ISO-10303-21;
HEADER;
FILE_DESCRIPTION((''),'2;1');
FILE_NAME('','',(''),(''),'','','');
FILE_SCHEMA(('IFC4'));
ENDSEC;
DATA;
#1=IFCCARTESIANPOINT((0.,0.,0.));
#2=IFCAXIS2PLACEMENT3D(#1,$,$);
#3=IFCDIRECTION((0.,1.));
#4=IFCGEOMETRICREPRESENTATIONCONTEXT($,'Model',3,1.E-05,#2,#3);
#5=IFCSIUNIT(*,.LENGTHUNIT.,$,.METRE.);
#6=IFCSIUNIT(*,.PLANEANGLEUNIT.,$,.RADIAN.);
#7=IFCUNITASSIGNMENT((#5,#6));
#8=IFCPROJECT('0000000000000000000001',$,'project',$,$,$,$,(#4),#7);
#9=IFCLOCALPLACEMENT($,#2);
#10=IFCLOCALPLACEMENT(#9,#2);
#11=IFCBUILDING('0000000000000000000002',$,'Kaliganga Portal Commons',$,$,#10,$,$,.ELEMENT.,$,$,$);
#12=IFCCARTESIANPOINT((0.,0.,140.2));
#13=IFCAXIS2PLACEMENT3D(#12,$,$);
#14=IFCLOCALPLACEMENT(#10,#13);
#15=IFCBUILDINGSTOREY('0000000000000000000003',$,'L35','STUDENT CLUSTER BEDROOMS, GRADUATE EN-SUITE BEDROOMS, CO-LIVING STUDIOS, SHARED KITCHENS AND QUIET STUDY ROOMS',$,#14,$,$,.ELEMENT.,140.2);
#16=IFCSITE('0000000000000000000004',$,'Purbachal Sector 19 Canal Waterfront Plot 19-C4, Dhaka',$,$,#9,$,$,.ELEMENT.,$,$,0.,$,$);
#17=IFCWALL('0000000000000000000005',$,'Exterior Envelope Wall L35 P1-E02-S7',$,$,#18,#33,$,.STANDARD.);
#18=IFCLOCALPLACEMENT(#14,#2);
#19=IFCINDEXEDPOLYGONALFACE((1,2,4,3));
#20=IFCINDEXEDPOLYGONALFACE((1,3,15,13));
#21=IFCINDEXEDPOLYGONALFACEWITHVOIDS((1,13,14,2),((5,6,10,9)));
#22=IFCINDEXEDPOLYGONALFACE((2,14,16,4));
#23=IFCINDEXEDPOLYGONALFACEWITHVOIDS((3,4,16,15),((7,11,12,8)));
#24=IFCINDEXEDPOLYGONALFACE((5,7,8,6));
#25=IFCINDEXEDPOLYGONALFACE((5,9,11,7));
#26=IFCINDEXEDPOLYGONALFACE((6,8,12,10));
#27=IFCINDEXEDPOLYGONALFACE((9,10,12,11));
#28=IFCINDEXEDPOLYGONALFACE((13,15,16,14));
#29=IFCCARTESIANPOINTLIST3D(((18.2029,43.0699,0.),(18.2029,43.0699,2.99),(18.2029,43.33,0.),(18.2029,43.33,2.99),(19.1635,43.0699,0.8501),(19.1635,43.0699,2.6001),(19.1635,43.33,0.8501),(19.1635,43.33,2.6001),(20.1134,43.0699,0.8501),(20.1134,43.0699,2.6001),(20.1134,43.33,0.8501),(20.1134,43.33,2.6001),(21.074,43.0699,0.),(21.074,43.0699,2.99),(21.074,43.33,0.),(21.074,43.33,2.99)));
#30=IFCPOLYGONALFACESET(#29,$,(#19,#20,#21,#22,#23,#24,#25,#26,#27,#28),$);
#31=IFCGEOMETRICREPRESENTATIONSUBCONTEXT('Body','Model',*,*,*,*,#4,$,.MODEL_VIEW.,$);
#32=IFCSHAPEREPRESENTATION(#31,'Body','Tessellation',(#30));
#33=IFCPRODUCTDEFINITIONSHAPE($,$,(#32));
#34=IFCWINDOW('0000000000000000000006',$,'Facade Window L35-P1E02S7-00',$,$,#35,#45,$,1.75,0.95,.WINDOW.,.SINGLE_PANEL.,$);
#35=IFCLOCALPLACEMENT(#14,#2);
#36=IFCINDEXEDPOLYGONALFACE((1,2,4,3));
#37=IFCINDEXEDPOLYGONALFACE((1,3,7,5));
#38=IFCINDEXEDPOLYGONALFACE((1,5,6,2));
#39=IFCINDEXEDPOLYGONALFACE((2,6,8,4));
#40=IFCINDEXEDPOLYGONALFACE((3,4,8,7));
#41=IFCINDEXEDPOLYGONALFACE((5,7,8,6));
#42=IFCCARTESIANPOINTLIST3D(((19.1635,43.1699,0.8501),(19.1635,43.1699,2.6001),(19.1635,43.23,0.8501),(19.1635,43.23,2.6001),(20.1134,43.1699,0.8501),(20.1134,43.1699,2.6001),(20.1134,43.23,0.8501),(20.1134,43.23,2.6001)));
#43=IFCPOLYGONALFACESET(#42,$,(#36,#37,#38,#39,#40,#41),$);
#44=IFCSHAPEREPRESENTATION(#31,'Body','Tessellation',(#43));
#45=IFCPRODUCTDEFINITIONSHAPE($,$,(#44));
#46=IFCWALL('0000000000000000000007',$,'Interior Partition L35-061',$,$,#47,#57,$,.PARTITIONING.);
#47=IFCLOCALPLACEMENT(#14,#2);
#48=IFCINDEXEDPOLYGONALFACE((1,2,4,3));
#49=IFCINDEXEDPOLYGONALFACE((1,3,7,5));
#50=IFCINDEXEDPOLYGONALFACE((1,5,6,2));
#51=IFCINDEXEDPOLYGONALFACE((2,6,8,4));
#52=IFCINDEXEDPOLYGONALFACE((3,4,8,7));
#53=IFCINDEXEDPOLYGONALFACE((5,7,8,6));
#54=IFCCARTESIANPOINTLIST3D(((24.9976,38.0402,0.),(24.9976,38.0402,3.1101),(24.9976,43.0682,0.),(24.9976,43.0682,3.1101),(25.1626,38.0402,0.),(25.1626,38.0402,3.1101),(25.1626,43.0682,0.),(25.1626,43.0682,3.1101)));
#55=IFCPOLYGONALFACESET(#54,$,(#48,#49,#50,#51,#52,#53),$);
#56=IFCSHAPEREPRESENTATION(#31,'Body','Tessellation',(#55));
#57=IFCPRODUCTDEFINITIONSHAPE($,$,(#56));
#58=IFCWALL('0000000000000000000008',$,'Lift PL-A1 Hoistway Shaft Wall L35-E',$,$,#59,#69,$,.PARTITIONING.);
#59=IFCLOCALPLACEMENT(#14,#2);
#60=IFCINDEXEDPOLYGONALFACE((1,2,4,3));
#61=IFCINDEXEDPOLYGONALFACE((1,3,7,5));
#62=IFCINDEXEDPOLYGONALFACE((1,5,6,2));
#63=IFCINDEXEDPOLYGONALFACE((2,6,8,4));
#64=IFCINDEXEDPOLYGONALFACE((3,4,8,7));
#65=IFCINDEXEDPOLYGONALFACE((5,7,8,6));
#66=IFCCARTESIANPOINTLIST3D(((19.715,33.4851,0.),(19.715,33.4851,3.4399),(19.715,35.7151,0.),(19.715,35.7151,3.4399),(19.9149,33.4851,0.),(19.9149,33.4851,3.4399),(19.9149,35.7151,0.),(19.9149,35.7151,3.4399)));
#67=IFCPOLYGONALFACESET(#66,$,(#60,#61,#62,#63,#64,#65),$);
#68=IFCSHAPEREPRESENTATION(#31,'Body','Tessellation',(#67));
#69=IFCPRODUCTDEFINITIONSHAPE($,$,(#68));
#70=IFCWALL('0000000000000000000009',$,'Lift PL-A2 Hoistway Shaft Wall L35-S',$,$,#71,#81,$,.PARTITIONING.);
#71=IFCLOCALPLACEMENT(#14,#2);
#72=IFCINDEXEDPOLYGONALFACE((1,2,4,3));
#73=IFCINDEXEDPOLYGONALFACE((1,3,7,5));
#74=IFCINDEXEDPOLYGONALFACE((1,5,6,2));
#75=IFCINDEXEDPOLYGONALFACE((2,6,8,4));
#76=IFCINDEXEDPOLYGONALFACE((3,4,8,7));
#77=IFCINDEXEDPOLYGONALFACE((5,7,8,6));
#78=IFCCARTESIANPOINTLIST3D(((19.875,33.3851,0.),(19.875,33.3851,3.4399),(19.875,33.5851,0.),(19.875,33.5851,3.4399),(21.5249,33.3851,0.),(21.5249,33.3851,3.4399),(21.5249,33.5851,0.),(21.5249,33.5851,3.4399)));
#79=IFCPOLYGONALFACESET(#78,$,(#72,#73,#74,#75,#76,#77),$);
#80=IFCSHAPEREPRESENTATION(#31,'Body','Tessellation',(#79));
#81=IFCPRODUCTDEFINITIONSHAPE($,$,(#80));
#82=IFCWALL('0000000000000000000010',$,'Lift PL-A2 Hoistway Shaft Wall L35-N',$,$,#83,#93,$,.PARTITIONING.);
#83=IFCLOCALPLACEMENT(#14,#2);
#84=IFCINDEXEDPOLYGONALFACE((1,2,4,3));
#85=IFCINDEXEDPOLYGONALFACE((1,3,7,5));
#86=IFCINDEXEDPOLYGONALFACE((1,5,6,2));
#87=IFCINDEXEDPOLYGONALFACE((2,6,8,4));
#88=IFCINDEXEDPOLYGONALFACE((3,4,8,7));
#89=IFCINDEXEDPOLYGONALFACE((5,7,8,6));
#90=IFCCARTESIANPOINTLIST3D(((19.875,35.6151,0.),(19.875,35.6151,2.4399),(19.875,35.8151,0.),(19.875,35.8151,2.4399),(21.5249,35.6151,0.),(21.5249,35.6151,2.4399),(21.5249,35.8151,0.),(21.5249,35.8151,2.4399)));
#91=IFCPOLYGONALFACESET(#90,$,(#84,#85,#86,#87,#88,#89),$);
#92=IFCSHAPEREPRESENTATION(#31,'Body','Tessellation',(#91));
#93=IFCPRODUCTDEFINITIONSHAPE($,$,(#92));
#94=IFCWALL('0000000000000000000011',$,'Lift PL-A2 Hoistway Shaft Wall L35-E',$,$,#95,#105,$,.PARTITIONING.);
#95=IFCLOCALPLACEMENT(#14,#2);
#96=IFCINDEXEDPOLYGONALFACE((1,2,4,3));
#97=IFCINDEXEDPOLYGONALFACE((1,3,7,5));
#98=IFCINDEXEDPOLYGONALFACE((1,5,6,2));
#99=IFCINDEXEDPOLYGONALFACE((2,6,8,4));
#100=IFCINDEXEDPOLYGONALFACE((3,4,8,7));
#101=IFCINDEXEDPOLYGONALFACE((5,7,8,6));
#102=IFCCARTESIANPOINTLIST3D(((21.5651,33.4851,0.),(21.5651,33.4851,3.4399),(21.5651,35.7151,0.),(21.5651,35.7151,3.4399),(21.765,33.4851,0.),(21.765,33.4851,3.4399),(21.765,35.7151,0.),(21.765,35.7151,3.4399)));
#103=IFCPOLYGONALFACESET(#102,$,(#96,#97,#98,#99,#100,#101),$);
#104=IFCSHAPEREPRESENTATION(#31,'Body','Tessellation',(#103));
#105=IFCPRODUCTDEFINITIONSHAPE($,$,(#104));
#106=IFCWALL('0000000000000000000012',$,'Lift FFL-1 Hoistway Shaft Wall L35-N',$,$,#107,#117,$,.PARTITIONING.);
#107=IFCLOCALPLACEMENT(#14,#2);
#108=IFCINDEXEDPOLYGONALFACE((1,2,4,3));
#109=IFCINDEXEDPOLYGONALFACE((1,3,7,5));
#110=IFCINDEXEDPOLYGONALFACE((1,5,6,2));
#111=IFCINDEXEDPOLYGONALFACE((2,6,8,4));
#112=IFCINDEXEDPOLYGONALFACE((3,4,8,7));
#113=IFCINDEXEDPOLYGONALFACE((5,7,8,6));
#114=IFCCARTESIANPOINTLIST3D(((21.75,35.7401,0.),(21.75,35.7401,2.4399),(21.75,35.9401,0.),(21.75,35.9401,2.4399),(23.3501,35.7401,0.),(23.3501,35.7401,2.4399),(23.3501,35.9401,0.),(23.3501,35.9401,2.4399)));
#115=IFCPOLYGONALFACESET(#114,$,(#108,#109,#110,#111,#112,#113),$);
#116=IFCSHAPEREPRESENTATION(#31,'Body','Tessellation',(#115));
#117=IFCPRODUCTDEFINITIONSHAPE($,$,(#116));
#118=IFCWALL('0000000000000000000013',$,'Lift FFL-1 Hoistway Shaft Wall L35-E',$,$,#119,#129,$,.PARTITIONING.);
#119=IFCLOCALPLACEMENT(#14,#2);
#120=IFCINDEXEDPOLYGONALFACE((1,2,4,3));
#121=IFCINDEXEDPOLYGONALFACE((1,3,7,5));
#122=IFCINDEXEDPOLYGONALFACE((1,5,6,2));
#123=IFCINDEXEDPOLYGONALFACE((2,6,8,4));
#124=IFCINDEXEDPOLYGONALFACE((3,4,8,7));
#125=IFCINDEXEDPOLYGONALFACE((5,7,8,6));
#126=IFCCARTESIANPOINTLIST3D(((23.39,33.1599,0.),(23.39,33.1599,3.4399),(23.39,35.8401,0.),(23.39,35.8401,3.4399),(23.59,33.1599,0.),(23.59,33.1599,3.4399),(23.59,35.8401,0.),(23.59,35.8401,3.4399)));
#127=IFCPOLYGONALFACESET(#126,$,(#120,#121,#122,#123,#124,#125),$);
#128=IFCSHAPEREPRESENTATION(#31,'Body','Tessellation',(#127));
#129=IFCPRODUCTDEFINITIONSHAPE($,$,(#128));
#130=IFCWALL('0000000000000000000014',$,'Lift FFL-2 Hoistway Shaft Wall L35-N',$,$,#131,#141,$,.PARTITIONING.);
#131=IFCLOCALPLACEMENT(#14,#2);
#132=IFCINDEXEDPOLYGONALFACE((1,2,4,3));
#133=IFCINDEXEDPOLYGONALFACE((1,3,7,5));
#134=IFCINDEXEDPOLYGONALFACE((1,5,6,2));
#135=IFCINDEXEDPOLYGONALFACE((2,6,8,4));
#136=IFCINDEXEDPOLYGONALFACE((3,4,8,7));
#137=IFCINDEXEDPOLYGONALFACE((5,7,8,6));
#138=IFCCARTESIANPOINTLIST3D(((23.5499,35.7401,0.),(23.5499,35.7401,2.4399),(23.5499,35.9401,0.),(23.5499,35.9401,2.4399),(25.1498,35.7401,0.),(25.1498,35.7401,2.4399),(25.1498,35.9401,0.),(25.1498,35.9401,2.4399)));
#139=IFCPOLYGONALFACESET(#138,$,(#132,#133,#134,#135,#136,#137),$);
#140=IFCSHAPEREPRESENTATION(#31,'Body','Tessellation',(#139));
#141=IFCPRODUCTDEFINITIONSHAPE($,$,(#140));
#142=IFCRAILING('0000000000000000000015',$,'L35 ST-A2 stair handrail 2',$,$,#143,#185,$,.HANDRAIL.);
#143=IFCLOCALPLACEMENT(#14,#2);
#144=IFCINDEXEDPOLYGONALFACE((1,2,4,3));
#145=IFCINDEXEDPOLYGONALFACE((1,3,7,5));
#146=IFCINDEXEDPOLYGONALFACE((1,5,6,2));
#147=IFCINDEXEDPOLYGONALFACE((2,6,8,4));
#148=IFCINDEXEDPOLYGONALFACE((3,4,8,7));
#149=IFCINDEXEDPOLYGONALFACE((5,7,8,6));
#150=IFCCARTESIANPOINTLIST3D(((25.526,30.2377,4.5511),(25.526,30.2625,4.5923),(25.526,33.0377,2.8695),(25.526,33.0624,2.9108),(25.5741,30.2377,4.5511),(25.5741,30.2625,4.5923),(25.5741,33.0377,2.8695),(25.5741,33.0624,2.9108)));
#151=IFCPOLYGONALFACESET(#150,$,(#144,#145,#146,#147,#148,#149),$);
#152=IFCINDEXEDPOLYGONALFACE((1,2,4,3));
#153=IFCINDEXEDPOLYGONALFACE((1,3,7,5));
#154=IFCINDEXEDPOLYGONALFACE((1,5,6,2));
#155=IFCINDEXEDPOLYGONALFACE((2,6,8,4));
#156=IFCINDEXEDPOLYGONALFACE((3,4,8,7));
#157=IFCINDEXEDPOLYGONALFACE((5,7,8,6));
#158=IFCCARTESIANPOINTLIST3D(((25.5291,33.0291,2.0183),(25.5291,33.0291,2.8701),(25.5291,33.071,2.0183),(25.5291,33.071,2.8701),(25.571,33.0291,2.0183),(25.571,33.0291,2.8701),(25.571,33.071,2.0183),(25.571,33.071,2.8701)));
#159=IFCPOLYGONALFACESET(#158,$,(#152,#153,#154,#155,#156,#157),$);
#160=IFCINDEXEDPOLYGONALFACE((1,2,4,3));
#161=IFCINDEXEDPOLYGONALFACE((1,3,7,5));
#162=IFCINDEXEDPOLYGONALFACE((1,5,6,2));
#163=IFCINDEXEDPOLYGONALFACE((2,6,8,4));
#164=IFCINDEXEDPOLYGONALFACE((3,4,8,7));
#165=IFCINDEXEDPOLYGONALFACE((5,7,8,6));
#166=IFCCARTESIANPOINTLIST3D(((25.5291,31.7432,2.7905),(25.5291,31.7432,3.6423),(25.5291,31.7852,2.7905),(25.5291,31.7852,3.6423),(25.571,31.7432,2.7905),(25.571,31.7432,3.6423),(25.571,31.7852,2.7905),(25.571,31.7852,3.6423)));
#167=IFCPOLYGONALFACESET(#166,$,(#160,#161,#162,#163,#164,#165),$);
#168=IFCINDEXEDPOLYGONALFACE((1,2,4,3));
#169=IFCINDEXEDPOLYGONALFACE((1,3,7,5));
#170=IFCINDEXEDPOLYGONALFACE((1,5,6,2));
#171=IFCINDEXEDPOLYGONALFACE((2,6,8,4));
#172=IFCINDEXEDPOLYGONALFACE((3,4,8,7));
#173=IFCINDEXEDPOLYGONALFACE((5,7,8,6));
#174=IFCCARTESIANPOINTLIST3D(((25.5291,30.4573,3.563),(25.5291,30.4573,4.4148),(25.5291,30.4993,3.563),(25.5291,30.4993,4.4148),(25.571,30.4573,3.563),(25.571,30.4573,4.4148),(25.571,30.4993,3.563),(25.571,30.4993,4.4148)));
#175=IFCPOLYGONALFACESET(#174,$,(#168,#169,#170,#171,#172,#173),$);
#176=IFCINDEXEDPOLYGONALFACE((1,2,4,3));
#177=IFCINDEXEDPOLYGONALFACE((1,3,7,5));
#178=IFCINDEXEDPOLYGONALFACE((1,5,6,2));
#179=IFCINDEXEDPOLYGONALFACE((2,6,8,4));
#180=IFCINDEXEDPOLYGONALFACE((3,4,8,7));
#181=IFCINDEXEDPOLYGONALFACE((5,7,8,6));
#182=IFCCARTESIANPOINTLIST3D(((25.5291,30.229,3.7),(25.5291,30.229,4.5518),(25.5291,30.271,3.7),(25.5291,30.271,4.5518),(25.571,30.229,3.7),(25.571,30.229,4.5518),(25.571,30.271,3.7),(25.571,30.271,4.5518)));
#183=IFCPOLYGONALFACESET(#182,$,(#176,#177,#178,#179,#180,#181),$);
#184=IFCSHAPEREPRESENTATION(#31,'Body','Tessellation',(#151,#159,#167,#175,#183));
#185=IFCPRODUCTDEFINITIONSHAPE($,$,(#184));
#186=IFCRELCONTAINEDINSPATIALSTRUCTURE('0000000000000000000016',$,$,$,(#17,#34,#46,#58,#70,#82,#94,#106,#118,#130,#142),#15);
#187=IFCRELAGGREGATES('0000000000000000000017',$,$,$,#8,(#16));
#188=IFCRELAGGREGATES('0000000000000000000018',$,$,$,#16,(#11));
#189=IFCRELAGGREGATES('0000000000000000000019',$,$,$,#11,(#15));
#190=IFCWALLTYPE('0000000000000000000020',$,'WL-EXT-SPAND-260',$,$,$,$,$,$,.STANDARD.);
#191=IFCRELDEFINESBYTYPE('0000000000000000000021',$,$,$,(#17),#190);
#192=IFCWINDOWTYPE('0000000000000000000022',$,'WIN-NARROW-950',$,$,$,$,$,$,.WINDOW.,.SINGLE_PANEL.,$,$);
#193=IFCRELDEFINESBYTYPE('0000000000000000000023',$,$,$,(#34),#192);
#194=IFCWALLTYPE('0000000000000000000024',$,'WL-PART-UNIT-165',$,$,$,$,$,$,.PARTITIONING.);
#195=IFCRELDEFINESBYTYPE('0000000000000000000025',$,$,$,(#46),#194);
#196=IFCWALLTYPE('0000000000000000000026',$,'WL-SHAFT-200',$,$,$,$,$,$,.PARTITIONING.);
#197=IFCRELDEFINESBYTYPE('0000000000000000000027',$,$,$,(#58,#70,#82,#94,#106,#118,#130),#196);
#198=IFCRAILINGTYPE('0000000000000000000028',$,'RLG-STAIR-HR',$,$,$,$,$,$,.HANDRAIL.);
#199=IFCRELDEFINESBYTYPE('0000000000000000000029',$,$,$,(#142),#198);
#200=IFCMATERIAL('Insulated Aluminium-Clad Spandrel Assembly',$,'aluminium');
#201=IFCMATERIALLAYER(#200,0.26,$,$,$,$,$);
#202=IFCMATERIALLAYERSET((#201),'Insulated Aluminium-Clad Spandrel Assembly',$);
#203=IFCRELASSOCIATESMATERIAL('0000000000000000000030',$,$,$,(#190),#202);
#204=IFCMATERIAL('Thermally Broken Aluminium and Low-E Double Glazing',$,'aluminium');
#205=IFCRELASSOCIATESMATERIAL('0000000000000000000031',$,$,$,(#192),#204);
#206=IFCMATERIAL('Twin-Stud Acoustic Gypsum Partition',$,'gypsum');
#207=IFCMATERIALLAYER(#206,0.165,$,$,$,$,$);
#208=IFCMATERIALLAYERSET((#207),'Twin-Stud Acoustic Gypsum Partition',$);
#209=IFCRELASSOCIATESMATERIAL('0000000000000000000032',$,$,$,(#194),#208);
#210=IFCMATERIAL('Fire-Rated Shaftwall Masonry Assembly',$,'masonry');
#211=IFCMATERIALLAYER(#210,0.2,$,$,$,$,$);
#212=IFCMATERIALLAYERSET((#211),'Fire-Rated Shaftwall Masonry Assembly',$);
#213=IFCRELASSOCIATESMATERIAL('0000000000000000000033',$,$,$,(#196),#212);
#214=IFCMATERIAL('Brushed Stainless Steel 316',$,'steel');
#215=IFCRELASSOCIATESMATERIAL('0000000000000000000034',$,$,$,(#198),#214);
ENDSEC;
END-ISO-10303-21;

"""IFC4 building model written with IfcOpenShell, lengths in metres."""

from ifc_helpers import new_model, si_unit, direction, frame, frame_2d, origin, origin_2d, place, context, subcontext, project, spatial, rectangle, extrude, material, layer, layer_set, type_object, element, fill, save


model = new_model("IFC4")

# Units and contexts
model_context = context("Model", 3, precision=1e-05, world=origin(), true_north=direction((0.0, 1.0)))
body_context = subcontext(model_context, "Body", "Model", "MODEL_VIEW")
ifc_project = project(units=[si_unit("LENGTHUNIT", "METRE"), si_unit("PLANEANGLEUNIT", "RADIAN")], contexts=[model_context])

# Site, building, storey
site_placement = place(None, origin())
site = spatial("IfcSite", under=ifc_project, at=site_placement, Name="Purbachal Sector 19 Canal Waterfront Plot 19-C4, Dhaka", CompositionType="ELEMENT", RefElevation=0.0)
building_placement = place(site_placement, origin())
building = spatial("IfcBuilding", under=site, at=building_placement, Name="Kaliganga Portal Commons", CompositionType="ELEMENT")
storey_placement = place(building_placement, frame((0.0, 0.0, 140.2)))
storey = spatial("IfcBuildingStorey", under=building, at=storey_placement, Name="L35", Description="STUDENT CLUSTER BEDROOMS, GRADUATE EN-SUITE BEDROOMS, CO-LIVING STUDIOS, SHARED KITCHENS AND QUIET STUDY ROOMS", CompositionType="ELEMENT", Elevation=140.2)

# Wall, opening, window
ifc_material_1 = material(Name="Insulated Aluminium-Clad Spandrel Assembly", Category="aluminium")
ifc_layer_1 = layer(ifc_material_1, 0.26)
ifc_layer_set_1 = layer_set([ifc_layer_1], Name="Insulated Aluminium-Clad Spandrel Assembly")
wall_type_1 = type_object("IfcWallType", Name="WL-EXT-SPAND-260", PredefinedType="STANDARD", material=ifc_layer_set_1)
ifc_material_2 = material(Name="Thermally Broken Aluminium and Low-E Double Glazing", Category="aluminium")
window_type = type_object("IfcWindowType", Name="WIN-NARROW-950", PartitioningType="SINGLE_PANEL", PredefinedType="WINDOW", material=ifc_material_2)
wall_1_placement = place(storey_placement, frame((18.2029, 43.2, 0.0), z_axis=(0.0, 0.0, 1.0), x_axis=(1.0, 0.0, 0.0)))
wall_1 = element("IfcWall", 1, at=wall_1_placement, inside=storey, type_object=wall_type_1, Name="Exterior Envelope Wall L35 P1-E02-S7", PredefinedType="STANDARD", context=body_context, shape_type="SweptSolid", body=[
    extrude(rectangle(XDim=2.8711, YDim=0.26, at=frame_2d((1.4355, 0.0))), origin(), (0.0, 0.0, 1.0), 2.99),
])
opening_1_placement = place(wall_1_placement, frame((0.9604, 0.0, 0.8501)))
opening_1 = element("IfcOpeningElement", 2, at=opening_1_placement, cuts=wall_1, PredefinedType="OPENING", context=body_context, shape_type="SweptSolid", body=[
    extrude(rectangle(XDim=0.95, YDim=1.75, at=frame_2d((0.4751, 0.875))), frame((0.0, 0.1401, 0.0), z_axis=(0.0, -1.0, 0.0), x_axis=(1.0, 0.0, 0.0)), (0.0, 0.0, 1.0), 0.28),
])
window_1_placement = place(opening_1_placement, origin())
window_1 = element("IfcWindow", 3, at=window_1_placement, inside=storey, type_object=window_type, Name="Facade Window L35-P1E02S7-00", OverallHeight=1.75, OverallWidth=0.95, PartitioningType="SINGLE_PANEL", PredefinedType="WINDOW", context=body_context, shape_type="SweptSolid", body=[
    extrude(rectangle(XDim=0.95, YDim=1.75, at=frame_2d((0.4751, 0.875))), frame((0.0, 0.03, 0.0), z_axis=(0.0, -1.0, 0.0), x_axis=(1.0, 0.0, 0.0)), (0.0, 0.0, 1.0), 0.0601),
])
fill(opening_1, window_1)

# Walls
ifc_material_3 = material(Name="Twin-Stud Acoustic Gypsum Partition", Category="gypsum")
ifc_layer_2 = layer(ifc_material_3, 0.165)
ifc_layer_set_2 = layer_set([ifc_layer_2], Name="Twin-Stud Acoustic Gypsum Partition")
wall_type_2 = type_object("IfcWallType", Name="WL-PART-UNIT-165", PredefinedType="PARTITIONING", material=ifc_layer_set_2)
wall_2_placement = place(storey_placement, frame((25.0801, 38.04, 0.0), z_axis=(0.0, 0.0, 1.0), x_axis=(0.0, 1.0, 0.0)))
element("IfcWall", 4, at=wall_2_placement, inside=storey, type_object=wall_type_2, Name="Interior Partition L35-061", PredefinedType="PARTITIONING", context=body_context, shape_type="SweptSolid", body=[
    extrude(rectangle(XDim=5.0281, YDim=0.165, at=frame_2d((2.5142, 0.0))), origin(), (0.0, 0.0, 1.0), 3.1101),
])
ifc_material_4 = material(Name="Fire-Rated Shaftwall Masonry Assembly", Category="masonry")
ifc_layer_3 = layer(ifc_material_4, 0.2)
ifc_layer_set_3 = layer_set([ifc_layer_3], Name="Fire-Rated Shaftwall Masonry Assembly")
wall_type_3 = type_object("IfcWallType", Name="WL-SHAFT-200", PredefinedType="PARTITIONING", material=ifc_layer_set_3)
wall_3_placement = place(storey_placement, frame((19.8149, 33.4851, 0.0), z_axis=(0.0, 0.0, 1.0), x_axis=(0.0, 1.0, 0.0)))
element("IfcWall", 5, at=wall_3_placement, inside=storey, type_object=wall_type_3, Name="Lift PL-A1 Hoistway Shaft Wall L35-E", PredefinedType="PARTITIONING", context=body_context, shape_type="SweptSolid", body=[
    extrude(rectangle(XDim=2.23, YDim=0.2, at=frame_2d((1.115, 0.0))), origin(), (0.0, 0.0, 1.0), 3.4399),
])
wall_4_placement = place(storey_placement, frame((19.875, 33.4851, 0.0), z_axis=(0.0, 0.0, 1.0), x_axis=(1.0, 0.0, 0.0)))
element("IfcWall", 6, at=wall_4_placement, inside=storey, type_object=wall_type_3, Name="Lift PL-A2 Hoistway Shaft Wall L35-S", PredefinedType="PARTITIONING", context=body_context, shape_type="SweptSolid", body=[
    extrude(rectangle(XDim=1.6499, YDim=0.2, at=frame_2d((0.825, 0.0))), origin(), (0.0, 0.0, 1.0), 3.4399),
])
wall_5_placement = place(storey_placement, frame((19.875, 35.7151, 0.0), z_axis=(0.0, 0.0, 1.0), x_axis=(1.0, 0.0, 0.0)))
element("IfcWall", 7, at=wall_5_placement, inside=storey, type_object=wall_type_3, Name="Lift PL-A2 Hoistway Shaft Wall L35-N", PredefinedType="PARTITIONING", context=body_context, shape_type="SweptSolid", body=[
    extrude(rectangle(XDim=1.6499, YDim=0.2, at=frame_2d((0.825, 0.0))), origin(), (0.0, 0.0, 1.0), 2.4399),
])
wall_6_placement = place(storey_placement, frame((21.665, 33.4851, 0.0), z_axis=(0.0, 0.0, 1.0), x_axis=(0.0, 1.0, 0.0)))
element("IfcWall", 8, at=wall_6_placement, inside=storey, type_object=wall_type_3, Name="Lift PL-A2 Hoistway Shaft Wall L35-E", PredefinedType="PARTITIONING", context=body_context, shape_type="SweptSolid", body=[
    extrude(rectangle(XDim=2.23, YDim=0.2, at=frame_2d((1.115, 0.0))), origin(), (0.0, 0.0, 1.0), 3.4399),
])

# Walls
wall_7_placement = place(storey_placement, frame((21.75, 35.8401, 0.0), z_axis=(0.0, 0.0, 1.0), x_axis=(1.0, 0.0, 0.0)))
element("IfcWall", 9, at=wall_7_placement, inside=storey, type_object=wall_type_3, Name="Lift FFL-1 Hoistway Shaft Wall L35-N", PredefinedType="PARTITIONING", context=body_context, shape_type="SweptSolid", body=[
    extrude(rectangle(XDim=1.6001, YDim=0.2, at=frame_2d((0.8, 0.0))), origin(), (0.0, 0.0, 1.0), 2.4399),
])
wall_8_placement = place(storey_placement, frame((23.49, 33.1599, 0.0), z_axis=(0.0, 0.0, 1.0), x_axis=(0.0, 1.0, 0.0)))
element("IfcWall", 10, at=wall_8_placement, inside=storey, type_object=wall_type_3, Name="Lift FFL-1 Hoistway Shaft Wall L35-E", PredefinedType="PARTITIONING", context=body_context, shape_type="SweptSolid", body=[
    extrude(rectangle(XDim=2.6802, YDim=0.2, at=frame_2d((1.3401, 0.0))), origin(), (0.0, 0.0, 1.0), 3.4399),
])

# Wall
wall_9_placement = place(storey_placement, frame((23.55, 35.8401, 0.0), z_axis=(0.0, 0.0, 1.0), x_axis=(1.0, 0.0, 0.0)))
element("IfcWall", 11, at=wall_9_placement, inside=storey, type_object=wall_type_3, Name="Lift FFL-2 Hoistway Shaft Wall L35-N", PredefinedType="PARTITIONING", context=body_context, shape_type="SweptSolid", body=[
    extrude(rectangle(XDim=1.5999, YDim=0.2, at=frame_2d((0.7998, 0.0))), origin(), (0.0, 0.0, 1.0), 2.4399),
])

# Railing
ifc_material_5 = material(Name="Brushed Stainless Steel 316", Category="steel")
railing_type = type_object("IfcRailingType", Name="RLG-STAIR-HR", PredefinedType="HANDRAIL", material=ifc_material_5)
railing_placement = place(storey_placement, frame((25.55, 33.05, 2.0183)))
element("IfcRailing", 12, at=railing_placement, inside=storey, type_object=railing_type, Name="L35 ST-A2 stair handrail 2", PredefinedType="HANDRAIL", context=body_context, shape_type="SweptSolid", body=[
    extrude(rectangle(XDim=0.0481, YDim=0.0481, at=origin_2d()), frame((0.0, 0.0, 0.8718), z_axis=(0.0, -0.857275, 0.514858), x_axis=(1.0, 0.0, 0.0)), (0.0, 0.0, 1.0), 3.2661),
    extrude(rectangle(XDim=0.042, YDim=0.042, at=origin_2d()), origin(), (0.0, 0.0, 1.0), 0.8518),
    extrude(rectangle(XDim=0.042, YDim=0.042, at=origin_2d()), frame((0.0, -1.2859, 0.7722)), (0.0, 0.0, 1.0), 0.8518),
    extrude(rectangle(XDim=0.042, YDim=0.042, at=origin_2d()), frame((0.0, -2.5718, 1.5447)), (0.0, 0.0, 1.0), 0.8518),
    extrude(rectangle(XDim=0.042, YDim=0.042, at=origin_2d()), frame((0.0, -2.8, 1.6816)), (0.0, 0.0, 1.0), 0.8518),
])

save(model, "model.ifc")
